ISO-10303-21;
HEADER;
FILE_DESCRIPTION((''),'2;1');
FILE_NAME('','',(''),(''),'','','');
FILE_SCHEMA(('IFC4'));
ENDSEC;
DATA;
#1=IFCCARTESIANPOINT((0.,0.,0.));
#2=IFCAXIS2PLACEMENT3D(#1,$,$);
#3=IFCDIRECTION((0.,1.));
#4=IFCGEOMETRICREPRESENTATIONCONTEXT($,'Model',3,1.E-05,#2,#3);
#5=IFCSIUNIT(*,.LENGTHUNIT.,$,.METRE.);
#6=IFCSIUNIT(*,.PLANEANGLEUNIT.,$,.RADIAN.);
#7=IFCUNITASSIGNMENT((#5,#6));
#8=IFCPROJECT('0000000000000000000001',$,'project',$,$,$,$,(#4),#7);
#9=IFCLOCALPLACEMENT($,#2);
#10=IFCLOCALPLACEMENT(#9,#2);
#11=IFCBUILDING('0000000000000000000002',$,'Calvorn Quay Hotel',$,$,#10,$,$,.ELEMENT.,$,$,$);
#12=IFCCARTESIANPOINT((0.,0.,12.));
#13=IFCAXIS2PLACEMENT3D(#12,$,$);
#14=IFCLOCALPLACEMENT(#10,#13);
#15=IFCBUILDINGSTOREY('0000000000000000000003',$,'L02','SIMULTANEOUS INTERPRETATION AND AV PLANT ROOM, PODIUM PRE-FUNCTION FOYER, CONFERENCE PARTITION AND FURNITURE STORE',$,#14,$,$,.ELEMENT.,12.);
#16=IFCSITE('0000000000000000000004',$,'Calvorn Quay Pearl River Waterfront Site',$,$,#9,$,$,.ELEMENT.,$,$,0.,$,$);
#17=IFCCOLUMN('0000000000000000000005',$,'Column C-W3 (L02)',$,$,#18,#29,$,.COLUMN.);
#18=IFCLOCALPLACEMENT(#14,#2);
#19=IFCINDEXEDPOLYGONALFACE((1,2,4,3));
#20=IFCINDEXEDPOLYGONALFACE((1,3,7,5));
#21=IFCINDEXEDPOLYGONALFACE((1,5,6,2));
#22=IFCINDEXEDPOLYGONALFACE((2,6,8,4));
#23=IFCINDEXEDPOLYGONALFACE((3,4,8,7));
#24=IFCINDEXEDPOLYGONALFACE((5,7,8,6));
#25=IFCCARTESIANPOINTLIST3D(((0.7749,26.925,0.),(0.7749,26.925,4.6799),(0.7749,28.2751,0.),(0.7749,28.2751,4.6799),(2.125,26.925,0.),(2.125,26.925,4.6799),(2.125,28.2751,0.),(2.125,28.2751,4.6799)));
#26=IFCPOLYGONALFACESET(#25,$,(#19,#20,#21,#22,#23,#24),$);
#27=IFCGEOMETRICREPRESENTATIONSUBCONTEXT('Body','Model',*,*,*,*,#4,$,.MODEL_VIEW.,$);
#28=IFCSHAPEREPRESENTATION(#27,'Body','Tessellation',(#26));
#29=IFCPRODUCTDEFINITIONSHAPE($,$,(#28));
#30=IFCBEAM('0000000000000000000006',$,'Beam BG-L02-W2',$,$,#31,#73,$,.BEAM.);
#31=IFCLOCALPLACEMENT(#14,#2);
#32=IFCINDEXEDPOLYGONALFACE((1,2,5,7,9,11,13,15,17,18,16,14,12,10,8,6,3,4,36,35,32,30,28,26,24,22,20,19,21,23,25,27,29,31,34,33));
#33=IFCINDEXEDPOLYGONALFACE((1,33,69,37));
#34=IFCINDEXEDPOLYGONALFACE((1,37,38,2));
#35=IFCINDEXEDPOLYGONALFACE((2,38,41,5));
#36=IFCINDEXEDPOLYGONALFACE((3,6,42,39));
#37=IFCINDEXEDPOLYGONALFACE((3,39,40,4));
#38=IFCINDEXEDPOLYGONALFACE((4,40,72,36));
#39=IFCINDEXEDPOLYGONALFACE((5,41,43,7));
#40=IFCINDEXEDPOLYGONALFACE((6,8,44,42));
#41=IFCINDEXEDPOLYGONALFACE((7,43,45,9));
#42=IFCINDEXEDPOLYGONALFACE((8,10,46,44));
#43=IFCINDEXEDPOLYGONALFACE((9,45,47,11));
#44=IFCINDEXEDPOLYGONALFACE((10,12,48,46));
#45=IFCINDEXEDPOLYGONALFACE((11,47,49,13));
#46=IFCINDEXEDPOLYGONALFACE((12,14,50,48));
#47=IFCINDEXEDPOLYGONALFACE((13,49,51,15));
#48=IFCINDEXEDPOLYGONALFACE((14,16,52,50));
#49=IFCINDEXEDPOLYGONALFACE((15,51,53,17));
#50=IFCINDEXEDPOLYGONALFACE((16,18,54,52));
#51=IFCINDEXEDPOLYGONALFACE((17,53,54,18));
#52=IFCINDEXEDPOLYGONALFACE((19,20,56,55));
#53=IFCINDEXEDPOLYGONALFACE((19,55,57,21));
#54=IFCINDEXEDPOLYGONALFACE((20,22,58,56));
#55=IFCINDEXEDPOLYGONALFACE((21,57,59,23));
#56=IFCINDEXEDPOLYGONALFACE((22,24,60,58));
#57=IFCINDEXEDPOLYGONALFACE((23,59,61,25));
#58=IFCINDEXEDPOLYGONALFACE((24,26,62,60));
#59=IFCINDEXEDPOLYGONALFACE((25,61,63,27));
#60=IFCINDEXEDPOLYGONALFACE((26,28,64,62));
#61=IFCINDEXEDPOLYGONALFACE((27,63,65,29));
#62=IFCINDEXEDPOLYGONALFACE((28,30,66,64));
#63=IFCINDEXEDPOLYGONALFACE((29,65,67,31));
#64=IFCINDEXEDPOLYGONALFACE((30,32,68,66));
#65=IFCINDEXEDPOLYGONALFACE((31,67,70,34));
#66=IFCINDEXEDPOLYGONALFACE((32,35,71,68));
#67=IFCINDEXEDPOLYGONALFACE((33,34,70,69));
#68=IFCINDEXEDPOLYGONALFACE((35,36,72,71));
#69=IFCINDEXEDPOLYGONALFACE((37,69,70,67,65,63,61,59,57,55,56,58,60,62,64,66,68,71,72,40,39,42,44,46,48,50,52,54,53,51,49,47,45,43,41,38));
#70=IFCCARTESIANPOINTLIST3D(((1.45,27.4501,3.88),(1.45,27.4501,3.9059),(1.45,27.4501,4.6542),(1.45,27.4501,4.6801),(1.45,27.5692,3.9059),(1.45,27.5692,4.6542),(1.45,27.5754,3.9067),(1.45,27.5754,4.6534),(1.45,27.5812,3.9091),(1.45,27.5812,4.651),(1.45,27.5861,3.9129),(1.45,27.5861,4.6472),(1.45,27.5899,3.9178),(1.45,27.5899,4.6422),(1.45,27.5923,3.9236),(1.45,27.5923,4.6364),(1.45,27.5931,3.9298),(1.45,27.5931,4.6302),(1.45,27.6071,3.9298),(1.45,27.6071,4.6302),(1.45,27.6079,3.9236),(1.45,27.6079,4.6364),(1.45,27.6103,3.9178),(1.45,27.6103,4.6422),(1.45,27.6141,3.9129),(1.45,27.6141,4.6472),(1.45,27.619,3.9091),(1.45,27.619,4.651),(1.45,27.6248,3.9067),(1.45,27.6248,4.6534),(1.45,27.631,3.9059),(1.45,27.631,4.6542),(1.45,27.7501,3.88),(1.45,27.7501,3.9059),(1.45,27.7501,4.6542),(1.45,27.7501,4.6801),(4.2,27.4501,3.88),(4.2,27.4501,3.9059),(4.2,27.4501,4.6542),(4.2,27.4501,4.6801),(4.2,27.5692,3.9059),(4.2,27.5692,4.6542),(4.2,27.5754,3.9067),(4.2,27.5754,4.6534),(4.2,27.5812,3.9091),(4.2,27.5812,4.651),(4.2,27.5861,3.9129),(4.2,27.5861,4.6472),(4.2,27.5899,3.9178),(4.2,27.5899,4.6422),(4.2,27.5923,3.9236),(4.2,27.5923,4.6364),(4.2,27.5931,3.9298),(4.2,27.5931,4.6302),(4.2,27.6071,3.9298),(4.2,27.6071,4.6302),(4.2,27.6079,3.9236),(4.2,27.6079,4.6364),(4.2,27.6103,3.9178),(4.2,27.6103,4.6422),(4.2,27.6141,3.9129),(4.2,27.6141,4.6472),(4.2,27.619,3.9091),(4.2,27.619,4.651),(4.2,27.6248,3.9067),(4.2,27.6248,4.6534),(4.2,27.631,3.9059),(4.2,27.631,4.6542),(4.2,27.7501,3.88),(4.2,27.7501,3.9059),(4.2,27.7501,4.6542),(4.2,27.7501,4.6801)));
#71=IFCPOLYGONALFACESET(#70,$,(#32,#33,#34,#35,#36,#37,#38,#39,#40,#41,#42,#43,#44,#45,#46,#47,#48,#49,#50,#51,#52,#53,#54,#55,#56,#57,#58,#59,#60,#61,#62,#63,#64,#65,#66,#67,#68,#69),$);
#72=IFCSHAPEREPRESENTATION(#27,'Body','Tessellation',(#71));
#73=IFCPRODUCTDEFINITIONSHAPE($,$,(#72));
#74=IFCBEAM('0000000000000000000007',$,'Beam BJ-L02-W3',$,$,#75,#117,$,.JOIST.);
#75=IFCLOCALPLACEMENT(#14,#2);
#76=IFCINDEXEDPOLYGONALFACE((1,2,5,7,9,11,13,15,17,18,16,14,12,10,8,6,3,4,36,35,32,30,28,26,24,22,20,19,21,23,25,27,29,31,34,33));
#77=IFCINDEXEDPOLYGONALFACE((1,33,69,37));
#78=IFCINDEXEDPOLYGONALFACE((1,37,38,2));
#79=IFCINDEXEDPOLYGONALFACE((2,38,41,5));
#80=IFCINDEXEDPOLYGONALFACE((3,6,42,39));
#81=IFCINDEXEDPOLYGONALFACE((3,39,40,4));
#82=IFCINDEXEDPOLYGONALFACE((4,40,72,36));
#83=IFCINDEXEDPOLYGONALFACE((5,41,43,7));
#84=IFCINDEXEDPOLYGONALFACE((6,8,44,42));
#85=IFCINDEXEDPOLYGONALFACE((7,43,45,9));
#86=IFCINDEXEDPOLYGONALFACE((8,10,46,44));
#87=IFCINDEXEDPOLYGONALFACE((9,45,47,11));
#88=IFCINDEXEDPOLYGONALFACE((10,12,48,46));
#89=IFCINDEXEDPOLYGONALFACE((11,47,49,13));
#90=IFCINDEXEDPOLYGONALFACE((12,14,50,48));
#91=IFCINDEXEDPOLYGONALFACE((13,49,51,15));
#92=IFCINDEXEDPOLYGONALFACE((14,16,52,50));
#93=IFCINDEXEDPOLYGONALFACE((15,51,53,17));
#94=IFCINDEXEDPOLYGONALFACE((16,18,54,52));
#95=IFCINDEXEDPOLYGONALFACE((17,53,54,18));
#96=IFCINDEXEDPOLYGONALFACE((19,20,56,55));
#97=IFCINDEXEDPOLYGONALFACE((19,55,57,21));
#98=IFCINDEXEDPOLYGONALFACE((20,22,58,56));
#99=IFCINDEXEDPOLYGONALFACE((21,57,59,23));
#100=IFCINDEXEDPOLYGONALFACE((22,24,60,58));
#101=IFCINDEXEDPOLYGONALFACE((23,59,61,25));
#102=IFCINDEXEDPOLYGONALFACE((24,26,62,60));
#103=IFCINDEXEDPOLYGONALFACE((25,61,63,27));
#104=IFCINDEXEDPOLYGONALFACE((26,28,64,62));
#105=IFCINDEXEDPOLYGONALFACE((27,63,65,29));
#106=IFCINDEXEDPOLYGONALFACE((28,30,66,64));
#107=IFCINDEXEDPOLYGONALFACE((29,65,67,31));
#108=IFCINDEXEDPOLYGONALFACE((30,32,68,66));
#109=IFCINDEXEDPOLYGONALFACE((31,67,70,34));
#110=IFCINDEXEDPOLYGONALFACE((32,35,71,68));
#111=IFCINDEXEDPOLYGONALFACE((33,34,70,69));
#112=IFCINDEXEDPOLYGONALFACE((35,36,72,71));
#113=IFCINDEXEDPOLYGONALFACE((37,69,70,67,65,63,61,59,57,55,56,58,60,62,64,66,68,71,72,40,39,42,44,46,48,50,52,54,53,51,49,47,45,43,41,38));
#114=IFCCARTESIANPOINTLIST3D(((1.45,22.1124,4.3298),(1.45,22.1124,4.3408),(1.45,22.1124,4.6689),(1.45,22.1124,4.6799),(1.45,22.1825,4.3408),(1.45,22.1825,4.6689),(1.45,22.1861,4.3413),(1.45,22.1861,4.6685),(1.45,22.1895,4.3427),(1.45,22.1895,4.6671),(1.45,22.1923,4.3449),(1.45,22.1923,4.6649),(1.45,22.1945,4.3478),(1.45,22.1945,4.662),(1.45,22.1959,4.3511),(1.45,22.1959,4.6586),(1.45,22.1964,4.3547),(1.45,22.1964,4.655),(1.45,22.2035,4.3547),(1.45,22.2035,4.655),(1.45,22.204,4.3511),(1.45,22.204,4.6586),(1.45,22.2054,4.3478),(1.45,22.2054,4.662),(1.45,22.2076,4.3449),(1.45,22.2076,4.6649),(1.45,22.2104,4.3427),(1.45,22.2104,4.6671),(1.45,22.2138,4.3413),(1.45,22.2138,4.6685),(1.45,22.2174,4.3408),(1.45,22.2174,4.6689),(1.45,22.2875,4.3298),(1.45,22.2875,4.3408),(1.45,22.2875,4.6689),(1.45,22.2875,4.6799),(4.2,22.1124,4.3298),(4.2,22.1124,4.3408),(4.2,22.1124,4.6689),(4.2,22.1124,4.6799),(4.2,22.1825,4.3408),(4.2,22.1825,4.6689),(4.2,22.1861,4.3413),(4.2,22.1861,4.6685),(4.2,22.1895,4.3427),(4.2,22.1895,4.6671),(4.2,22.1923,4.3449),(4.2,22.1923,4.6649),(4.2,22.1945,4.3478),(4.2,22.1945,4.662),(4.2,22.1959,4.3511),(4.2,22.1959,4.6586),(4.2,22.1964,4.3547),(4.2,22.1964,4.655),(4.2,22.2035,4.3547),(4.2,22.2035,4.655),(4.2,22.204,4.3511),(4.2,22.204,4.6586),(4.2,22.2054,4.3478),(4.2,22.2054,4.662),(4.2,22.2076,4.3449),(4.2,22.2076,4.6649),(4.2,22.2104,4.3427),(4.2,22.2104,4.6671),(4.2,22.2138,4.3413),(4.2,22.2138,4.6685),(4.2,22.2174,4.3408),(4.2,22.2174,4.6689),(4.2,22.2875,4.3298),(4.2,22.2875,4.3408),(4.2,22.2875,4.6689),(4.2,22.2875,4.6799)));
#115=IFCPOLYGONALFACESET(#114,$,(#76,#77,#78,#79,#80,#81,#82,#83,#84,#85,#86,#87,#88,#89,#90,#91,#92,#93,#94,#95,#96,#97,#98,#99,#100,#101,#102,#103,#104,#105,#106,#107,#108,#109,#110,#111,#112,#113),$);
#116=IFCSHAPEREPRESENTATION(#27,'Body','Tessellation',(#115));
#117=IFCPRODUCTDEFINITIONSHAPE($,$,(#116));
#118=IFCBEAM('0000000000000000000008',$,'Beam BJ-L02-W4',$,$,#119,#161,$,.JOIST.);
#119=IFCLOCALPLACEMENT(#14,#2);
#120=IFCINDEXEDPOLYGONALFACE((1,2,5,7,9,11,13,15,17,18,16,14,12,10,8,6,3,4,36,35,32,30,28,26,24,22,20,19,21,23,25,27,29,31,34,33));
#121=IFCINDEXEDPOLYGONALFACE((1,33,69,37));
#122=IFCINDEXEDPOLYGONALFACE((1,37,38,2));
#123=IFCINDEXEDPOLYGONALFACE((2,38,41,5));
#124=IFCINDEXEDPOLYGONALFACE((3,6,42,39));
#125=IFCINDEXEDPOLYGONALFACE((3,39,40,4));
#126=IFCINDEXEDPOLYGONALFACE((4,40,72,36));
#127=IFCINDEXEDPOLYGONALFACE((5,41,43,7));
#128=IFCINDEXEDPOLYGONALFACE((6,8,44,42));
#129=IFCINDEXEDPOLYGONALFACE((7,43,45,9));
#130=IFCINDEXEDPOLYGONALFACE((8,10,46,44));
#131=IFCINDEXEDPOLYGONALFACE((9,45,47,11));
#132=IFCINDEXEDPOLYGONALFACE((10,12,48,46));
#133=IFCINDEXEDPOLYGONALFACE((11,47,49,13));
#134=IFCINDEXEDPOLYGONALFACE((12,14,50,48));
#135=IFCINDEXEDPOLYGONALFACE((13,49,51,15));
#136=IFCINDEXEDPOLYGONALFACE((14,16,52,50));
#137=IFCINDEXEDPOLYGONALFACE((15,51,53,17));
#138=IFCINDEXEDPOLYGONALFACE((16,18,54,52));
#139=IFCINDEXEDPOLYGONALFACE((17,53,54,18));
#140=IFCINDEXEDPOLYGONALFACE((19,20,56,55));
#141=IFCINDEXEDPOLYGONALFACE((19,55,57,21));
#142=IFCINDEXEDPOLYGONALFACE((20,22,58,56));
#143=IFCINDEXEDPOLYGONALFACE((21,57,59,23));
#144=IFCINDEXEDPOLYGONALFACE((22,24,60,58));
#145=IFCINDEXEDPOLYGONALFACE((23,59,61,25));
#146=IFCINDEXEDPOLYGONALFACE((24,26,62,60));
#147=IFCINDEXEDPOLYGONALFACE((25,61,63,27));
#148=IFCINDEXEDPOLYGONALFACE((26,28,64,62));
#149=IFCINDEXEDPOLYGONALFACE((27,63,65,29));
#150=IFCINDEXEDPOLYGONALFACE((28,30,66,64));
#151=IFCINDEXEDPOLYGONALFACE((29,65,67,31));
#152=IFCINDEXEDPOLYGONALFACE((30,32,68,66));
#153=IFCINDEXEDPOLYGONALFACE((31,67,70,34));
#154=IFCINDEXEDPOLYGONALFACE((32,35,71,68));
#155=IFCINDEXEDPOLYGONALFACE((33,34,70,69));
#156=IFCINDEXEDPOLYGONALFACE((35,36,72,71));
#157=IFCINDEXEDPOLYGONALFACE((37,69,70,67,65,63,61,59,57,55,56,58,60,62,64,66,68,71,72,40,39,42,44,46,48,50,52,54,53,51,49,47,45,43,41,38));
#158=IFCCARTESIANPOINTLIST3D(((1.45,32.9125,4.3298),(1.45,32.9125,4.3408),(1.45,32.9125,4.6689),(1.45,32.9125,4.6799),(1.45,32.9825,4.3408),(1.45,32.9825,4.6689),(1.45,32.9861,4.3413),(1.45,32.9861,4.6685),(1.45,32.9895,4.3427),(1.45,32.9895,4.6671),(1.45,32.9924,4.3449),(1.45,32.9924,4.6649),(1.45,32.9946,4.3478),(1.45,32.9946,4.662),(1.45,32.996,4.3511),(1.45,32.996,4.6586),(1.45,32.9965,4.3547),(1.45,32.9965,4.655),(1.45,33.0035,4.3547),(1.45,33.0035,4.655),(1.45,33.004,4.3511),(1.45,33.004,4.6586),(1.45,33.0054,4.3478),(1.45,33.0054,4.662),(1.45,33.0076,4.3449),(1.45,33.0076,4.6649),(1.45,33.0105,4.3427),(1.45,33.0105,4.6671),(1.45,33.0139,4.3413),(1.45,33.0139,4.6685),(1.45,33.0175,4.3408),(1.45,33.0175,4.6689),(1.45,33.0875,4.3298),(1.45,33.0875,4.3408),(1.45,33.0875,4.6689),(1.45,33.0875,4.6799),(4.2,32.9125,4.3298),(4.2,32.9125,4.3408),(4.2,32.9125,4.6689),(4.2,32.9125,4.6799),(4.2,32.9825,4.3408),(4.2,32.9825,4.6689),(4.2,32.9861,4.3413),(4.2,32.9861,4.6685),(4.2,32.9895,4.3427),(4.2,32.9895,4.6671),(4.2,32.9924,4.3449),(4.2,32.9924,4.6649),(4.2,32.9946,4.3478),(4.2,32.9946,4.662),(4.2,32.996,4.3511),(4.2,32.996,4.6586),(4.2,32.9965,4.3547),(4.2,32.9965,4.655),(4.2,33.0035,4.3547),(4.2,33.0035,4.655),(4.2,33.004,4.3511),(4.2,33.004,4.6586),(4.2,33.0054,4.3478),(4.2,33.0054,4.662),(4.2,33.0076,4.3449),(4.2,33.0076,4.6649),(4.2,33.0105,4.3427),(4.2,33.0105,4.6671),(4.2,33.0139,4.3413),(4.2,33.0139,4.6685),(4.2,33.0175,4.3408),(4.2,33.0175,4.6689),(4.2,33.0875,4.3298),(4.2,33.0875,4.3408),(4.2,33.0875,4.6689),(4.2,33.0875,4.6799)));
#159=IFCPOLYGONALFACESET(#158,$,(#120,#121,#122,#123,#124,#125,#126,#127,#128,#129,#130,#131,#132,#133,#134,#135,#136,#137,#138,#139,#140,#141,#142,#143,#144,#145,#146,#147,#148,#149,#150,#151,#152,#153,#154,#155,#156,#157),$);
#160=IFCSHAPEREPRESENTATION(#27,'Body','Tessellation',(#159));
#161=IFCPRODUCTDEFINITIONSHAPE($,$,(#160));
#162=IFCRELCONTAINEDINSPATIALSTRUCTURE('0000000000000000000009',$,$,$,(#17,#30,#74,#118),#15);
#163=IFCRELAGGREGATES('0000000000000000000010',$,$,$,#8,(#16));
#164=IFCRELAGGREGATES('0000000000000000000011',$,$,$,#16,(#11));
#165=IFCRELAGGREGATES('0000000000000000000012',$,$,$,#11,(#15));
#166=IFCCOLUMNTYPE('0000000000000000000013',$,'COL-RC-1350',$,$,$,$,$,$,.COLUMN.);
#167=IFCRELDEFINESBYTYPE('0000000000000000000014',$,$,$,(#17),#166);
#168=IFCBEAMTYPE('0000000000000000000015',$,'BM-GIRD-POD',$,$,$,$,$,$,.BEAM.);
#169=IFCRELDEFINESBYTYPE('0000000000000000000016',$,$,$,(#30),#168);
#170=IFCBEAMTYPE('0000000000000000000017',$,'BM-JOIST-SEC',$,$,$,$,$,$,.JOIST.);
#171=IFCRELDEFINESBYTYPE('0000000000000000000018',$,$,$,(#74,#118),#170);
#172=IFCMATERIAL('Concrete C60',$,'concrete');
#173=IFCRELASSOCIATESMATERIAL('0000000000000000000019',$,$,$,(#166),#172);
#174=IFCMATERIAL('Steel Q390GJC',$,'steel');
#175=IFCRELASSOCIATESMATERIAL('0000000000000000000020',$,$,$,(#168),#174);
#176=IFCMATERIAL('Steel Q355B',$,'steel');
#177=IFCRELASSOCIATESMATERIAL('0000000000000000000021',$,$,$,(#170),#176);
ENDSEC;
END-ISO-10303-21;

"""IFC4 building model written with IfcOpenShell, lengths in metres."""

from ifc_helpers import new_model, si_unit, direction, frame, origin, origin_2d, place, context, subcontext, project, spatial, rectangle, i_section, extrude, material, material_profile, profile_set, type_object, element, save


model = new_model("IFC4")

# Units and contexts
model_context = context("Model", 3, precision=1e-05, world=origin(), true_north=direction((0.0, 1.0)))
body_context = subcontext(model_context, "Body", "Model", "MODEL_VIEW")
ifc_project = project(units=[si_unit("LENGTHUNIT", "METRE"), si_unit("PLANEANGLEUNIT", "RADIAN")], contexts=[model_context])

# Site, building, storey
site_placement = place(None, origin())
site = spatial("IfcSite", under=ifc_project, at=site_placement, Name="Calvorn Quay Pearl River Waterfront Site", CompositionType="ELEMENT", RefElevation=0.0)
building_placement = place(site_placement, origin())
building = spatial("IfcBuilding", under=site, at=building_placement, Name="Calvorn Quay Hotel", CompositionType="ELEMENT")
storey_placement = place(building_placement, frame((0.0, 0.0, 12.0)))
storey = spatial("IfcBuildingStorey", under=building, at=storey_placement, Name="L02", Description="SIMULTANEOUS INTERPRETATION AND AV PLANT ROOM, PODIUM PRE-FUNCTION FOYER, CONFERENCE PARTITION AND FURNITURE STORE", CompositionType="ELEMENT", Elevation=12.0)

# Column
ifc_material_1 = material(Name="Concrete C60", Category="concrete")
ifc_material_profile_1 = material_profile(ifc_material_1, rectangle(XDim=1.3501, YDim=1.3501, at=origin_2d()), Name="RC1350x1350")
ifc_profile_set_1 = profile_set([ifc_material_profile_1], Name="Concrete C60")
column_type = type_object("IfcColumnType", Name="COL-RC-1350", PredefinedType="COLUMN", material=ifc_profile_set_1)
column_placement = place(storey_placement, frame((1.45, 27.6001, 0.0), z_axis=(0.0, 0.0, 1.0), x_axis=(1.0, 0.0, 0.0)))
element("IfcColumn", 1, at=column_placement, inside=storey, type_object=column_type, Name="Column C-W3 (L02)", PredefinedType="COLUMN", context=body_context, shape_type="SweptSolid", body=[
    extrude(rectangle(XDim=1.3501, YDim=1.3501, at=origin_2d()), origin(), (0.0, 0.0, 1.0), 4.6799),
])

# Beams
ifc_material_2 = material(Name="Steel Q390GJC", Category="steel")
ifc_material_profile_2 = material_profile(ifc_material_2, i_section(OverallWidth=0.3, OverallDepth=0.8, WebThickness=0.0139, FlangeThickness=0.0259, FilletRadius=0.0239, at=origin_2d()), Name="HN800x300x14x26")
ifc_profile_set_2 = profile_set([ifc_material_profile_2], Name="Steel Q390GJC")
beam_type_1 = type_object("IfcBeamType", Name="BM-GIRD-POD", PredefinedType="BEAM", material=ifc_profile_set_2)
beam_1_placement = place(storey_placement, frame((1.45, 27.6001, 4.28), z_axis=(1.0, 0.0, 0.0), x_axis=(0.0, 1.0, 0.0)))
element("IfcBeam", 2, at=beam_1_placement, inside=storey, type_object=beam_type_1, Name="Beam BG-L02-W2", PredefinedType="BEAM", context=body_context, shape_type="SweptSolid", body=[
    extrude(i_section(OverallWidth=0.3, OverallDepth=0.8, WebThickness=0.0139, FlangeThickness=0.0259, FilletRadius=0.0239, at=origin_2d()), origin(), (0.0, 0.0, 1.0), 2.75),
])
ifc_material_3 = material(Name="Steel Q355B", Category="steel")
ifc_material_profile_3 = material_profile(ifc_material_3, i_section(OverallWidth=0.175, OverallDepth=0.3501, WebThickness=0.0071, FlangeThickness=0.011, FilletRadius=0.0139, at=origin_2d()), Name="HN350x175x7x11")
ifc_profile_set_3 = profile_set([ifc_material_profile_3], Name="Steel Q355B")
beam_type_2 = type_object("IfcBeamType", Name="BM-JOIST-SEC", PredefinedType="JOIST", material=ifc_profile_set_3)
for number, where, z_axis, x_axis, name in (
    (3, (1.45, 22.2, 4.5049), (1.0, 0.0, 0.0), (0.0, 1.0, 0.0), "Beam BJ-L02-W3"),
    (4, (1.45, 33.0, 4.5049), (1.0, 0.0, 0.0), (0.0, 1.0, 0.0), "Beam BJ-L02-W4"),
):
    element("IfcBeam", number, at=place(storey_placement, frame(where, z_axis=z_axis, x_axis=x_axis)), inside=storey, type_object=beam_type_2, Name=name, PredefinedType="JOIST", context=body_context, shape_type="SweptSolid", body=[
        extrude(i_section(OverallWidth=0.175, OverallDepth=0.3501, WebThickness=0.0071, FlangeThickness=0.011, FilletRadius=0.0139, at=origin_2d()), origin(), (0.0, 0.0, 1.0), 2.75),
    ])

save(model, "model.ifc")
